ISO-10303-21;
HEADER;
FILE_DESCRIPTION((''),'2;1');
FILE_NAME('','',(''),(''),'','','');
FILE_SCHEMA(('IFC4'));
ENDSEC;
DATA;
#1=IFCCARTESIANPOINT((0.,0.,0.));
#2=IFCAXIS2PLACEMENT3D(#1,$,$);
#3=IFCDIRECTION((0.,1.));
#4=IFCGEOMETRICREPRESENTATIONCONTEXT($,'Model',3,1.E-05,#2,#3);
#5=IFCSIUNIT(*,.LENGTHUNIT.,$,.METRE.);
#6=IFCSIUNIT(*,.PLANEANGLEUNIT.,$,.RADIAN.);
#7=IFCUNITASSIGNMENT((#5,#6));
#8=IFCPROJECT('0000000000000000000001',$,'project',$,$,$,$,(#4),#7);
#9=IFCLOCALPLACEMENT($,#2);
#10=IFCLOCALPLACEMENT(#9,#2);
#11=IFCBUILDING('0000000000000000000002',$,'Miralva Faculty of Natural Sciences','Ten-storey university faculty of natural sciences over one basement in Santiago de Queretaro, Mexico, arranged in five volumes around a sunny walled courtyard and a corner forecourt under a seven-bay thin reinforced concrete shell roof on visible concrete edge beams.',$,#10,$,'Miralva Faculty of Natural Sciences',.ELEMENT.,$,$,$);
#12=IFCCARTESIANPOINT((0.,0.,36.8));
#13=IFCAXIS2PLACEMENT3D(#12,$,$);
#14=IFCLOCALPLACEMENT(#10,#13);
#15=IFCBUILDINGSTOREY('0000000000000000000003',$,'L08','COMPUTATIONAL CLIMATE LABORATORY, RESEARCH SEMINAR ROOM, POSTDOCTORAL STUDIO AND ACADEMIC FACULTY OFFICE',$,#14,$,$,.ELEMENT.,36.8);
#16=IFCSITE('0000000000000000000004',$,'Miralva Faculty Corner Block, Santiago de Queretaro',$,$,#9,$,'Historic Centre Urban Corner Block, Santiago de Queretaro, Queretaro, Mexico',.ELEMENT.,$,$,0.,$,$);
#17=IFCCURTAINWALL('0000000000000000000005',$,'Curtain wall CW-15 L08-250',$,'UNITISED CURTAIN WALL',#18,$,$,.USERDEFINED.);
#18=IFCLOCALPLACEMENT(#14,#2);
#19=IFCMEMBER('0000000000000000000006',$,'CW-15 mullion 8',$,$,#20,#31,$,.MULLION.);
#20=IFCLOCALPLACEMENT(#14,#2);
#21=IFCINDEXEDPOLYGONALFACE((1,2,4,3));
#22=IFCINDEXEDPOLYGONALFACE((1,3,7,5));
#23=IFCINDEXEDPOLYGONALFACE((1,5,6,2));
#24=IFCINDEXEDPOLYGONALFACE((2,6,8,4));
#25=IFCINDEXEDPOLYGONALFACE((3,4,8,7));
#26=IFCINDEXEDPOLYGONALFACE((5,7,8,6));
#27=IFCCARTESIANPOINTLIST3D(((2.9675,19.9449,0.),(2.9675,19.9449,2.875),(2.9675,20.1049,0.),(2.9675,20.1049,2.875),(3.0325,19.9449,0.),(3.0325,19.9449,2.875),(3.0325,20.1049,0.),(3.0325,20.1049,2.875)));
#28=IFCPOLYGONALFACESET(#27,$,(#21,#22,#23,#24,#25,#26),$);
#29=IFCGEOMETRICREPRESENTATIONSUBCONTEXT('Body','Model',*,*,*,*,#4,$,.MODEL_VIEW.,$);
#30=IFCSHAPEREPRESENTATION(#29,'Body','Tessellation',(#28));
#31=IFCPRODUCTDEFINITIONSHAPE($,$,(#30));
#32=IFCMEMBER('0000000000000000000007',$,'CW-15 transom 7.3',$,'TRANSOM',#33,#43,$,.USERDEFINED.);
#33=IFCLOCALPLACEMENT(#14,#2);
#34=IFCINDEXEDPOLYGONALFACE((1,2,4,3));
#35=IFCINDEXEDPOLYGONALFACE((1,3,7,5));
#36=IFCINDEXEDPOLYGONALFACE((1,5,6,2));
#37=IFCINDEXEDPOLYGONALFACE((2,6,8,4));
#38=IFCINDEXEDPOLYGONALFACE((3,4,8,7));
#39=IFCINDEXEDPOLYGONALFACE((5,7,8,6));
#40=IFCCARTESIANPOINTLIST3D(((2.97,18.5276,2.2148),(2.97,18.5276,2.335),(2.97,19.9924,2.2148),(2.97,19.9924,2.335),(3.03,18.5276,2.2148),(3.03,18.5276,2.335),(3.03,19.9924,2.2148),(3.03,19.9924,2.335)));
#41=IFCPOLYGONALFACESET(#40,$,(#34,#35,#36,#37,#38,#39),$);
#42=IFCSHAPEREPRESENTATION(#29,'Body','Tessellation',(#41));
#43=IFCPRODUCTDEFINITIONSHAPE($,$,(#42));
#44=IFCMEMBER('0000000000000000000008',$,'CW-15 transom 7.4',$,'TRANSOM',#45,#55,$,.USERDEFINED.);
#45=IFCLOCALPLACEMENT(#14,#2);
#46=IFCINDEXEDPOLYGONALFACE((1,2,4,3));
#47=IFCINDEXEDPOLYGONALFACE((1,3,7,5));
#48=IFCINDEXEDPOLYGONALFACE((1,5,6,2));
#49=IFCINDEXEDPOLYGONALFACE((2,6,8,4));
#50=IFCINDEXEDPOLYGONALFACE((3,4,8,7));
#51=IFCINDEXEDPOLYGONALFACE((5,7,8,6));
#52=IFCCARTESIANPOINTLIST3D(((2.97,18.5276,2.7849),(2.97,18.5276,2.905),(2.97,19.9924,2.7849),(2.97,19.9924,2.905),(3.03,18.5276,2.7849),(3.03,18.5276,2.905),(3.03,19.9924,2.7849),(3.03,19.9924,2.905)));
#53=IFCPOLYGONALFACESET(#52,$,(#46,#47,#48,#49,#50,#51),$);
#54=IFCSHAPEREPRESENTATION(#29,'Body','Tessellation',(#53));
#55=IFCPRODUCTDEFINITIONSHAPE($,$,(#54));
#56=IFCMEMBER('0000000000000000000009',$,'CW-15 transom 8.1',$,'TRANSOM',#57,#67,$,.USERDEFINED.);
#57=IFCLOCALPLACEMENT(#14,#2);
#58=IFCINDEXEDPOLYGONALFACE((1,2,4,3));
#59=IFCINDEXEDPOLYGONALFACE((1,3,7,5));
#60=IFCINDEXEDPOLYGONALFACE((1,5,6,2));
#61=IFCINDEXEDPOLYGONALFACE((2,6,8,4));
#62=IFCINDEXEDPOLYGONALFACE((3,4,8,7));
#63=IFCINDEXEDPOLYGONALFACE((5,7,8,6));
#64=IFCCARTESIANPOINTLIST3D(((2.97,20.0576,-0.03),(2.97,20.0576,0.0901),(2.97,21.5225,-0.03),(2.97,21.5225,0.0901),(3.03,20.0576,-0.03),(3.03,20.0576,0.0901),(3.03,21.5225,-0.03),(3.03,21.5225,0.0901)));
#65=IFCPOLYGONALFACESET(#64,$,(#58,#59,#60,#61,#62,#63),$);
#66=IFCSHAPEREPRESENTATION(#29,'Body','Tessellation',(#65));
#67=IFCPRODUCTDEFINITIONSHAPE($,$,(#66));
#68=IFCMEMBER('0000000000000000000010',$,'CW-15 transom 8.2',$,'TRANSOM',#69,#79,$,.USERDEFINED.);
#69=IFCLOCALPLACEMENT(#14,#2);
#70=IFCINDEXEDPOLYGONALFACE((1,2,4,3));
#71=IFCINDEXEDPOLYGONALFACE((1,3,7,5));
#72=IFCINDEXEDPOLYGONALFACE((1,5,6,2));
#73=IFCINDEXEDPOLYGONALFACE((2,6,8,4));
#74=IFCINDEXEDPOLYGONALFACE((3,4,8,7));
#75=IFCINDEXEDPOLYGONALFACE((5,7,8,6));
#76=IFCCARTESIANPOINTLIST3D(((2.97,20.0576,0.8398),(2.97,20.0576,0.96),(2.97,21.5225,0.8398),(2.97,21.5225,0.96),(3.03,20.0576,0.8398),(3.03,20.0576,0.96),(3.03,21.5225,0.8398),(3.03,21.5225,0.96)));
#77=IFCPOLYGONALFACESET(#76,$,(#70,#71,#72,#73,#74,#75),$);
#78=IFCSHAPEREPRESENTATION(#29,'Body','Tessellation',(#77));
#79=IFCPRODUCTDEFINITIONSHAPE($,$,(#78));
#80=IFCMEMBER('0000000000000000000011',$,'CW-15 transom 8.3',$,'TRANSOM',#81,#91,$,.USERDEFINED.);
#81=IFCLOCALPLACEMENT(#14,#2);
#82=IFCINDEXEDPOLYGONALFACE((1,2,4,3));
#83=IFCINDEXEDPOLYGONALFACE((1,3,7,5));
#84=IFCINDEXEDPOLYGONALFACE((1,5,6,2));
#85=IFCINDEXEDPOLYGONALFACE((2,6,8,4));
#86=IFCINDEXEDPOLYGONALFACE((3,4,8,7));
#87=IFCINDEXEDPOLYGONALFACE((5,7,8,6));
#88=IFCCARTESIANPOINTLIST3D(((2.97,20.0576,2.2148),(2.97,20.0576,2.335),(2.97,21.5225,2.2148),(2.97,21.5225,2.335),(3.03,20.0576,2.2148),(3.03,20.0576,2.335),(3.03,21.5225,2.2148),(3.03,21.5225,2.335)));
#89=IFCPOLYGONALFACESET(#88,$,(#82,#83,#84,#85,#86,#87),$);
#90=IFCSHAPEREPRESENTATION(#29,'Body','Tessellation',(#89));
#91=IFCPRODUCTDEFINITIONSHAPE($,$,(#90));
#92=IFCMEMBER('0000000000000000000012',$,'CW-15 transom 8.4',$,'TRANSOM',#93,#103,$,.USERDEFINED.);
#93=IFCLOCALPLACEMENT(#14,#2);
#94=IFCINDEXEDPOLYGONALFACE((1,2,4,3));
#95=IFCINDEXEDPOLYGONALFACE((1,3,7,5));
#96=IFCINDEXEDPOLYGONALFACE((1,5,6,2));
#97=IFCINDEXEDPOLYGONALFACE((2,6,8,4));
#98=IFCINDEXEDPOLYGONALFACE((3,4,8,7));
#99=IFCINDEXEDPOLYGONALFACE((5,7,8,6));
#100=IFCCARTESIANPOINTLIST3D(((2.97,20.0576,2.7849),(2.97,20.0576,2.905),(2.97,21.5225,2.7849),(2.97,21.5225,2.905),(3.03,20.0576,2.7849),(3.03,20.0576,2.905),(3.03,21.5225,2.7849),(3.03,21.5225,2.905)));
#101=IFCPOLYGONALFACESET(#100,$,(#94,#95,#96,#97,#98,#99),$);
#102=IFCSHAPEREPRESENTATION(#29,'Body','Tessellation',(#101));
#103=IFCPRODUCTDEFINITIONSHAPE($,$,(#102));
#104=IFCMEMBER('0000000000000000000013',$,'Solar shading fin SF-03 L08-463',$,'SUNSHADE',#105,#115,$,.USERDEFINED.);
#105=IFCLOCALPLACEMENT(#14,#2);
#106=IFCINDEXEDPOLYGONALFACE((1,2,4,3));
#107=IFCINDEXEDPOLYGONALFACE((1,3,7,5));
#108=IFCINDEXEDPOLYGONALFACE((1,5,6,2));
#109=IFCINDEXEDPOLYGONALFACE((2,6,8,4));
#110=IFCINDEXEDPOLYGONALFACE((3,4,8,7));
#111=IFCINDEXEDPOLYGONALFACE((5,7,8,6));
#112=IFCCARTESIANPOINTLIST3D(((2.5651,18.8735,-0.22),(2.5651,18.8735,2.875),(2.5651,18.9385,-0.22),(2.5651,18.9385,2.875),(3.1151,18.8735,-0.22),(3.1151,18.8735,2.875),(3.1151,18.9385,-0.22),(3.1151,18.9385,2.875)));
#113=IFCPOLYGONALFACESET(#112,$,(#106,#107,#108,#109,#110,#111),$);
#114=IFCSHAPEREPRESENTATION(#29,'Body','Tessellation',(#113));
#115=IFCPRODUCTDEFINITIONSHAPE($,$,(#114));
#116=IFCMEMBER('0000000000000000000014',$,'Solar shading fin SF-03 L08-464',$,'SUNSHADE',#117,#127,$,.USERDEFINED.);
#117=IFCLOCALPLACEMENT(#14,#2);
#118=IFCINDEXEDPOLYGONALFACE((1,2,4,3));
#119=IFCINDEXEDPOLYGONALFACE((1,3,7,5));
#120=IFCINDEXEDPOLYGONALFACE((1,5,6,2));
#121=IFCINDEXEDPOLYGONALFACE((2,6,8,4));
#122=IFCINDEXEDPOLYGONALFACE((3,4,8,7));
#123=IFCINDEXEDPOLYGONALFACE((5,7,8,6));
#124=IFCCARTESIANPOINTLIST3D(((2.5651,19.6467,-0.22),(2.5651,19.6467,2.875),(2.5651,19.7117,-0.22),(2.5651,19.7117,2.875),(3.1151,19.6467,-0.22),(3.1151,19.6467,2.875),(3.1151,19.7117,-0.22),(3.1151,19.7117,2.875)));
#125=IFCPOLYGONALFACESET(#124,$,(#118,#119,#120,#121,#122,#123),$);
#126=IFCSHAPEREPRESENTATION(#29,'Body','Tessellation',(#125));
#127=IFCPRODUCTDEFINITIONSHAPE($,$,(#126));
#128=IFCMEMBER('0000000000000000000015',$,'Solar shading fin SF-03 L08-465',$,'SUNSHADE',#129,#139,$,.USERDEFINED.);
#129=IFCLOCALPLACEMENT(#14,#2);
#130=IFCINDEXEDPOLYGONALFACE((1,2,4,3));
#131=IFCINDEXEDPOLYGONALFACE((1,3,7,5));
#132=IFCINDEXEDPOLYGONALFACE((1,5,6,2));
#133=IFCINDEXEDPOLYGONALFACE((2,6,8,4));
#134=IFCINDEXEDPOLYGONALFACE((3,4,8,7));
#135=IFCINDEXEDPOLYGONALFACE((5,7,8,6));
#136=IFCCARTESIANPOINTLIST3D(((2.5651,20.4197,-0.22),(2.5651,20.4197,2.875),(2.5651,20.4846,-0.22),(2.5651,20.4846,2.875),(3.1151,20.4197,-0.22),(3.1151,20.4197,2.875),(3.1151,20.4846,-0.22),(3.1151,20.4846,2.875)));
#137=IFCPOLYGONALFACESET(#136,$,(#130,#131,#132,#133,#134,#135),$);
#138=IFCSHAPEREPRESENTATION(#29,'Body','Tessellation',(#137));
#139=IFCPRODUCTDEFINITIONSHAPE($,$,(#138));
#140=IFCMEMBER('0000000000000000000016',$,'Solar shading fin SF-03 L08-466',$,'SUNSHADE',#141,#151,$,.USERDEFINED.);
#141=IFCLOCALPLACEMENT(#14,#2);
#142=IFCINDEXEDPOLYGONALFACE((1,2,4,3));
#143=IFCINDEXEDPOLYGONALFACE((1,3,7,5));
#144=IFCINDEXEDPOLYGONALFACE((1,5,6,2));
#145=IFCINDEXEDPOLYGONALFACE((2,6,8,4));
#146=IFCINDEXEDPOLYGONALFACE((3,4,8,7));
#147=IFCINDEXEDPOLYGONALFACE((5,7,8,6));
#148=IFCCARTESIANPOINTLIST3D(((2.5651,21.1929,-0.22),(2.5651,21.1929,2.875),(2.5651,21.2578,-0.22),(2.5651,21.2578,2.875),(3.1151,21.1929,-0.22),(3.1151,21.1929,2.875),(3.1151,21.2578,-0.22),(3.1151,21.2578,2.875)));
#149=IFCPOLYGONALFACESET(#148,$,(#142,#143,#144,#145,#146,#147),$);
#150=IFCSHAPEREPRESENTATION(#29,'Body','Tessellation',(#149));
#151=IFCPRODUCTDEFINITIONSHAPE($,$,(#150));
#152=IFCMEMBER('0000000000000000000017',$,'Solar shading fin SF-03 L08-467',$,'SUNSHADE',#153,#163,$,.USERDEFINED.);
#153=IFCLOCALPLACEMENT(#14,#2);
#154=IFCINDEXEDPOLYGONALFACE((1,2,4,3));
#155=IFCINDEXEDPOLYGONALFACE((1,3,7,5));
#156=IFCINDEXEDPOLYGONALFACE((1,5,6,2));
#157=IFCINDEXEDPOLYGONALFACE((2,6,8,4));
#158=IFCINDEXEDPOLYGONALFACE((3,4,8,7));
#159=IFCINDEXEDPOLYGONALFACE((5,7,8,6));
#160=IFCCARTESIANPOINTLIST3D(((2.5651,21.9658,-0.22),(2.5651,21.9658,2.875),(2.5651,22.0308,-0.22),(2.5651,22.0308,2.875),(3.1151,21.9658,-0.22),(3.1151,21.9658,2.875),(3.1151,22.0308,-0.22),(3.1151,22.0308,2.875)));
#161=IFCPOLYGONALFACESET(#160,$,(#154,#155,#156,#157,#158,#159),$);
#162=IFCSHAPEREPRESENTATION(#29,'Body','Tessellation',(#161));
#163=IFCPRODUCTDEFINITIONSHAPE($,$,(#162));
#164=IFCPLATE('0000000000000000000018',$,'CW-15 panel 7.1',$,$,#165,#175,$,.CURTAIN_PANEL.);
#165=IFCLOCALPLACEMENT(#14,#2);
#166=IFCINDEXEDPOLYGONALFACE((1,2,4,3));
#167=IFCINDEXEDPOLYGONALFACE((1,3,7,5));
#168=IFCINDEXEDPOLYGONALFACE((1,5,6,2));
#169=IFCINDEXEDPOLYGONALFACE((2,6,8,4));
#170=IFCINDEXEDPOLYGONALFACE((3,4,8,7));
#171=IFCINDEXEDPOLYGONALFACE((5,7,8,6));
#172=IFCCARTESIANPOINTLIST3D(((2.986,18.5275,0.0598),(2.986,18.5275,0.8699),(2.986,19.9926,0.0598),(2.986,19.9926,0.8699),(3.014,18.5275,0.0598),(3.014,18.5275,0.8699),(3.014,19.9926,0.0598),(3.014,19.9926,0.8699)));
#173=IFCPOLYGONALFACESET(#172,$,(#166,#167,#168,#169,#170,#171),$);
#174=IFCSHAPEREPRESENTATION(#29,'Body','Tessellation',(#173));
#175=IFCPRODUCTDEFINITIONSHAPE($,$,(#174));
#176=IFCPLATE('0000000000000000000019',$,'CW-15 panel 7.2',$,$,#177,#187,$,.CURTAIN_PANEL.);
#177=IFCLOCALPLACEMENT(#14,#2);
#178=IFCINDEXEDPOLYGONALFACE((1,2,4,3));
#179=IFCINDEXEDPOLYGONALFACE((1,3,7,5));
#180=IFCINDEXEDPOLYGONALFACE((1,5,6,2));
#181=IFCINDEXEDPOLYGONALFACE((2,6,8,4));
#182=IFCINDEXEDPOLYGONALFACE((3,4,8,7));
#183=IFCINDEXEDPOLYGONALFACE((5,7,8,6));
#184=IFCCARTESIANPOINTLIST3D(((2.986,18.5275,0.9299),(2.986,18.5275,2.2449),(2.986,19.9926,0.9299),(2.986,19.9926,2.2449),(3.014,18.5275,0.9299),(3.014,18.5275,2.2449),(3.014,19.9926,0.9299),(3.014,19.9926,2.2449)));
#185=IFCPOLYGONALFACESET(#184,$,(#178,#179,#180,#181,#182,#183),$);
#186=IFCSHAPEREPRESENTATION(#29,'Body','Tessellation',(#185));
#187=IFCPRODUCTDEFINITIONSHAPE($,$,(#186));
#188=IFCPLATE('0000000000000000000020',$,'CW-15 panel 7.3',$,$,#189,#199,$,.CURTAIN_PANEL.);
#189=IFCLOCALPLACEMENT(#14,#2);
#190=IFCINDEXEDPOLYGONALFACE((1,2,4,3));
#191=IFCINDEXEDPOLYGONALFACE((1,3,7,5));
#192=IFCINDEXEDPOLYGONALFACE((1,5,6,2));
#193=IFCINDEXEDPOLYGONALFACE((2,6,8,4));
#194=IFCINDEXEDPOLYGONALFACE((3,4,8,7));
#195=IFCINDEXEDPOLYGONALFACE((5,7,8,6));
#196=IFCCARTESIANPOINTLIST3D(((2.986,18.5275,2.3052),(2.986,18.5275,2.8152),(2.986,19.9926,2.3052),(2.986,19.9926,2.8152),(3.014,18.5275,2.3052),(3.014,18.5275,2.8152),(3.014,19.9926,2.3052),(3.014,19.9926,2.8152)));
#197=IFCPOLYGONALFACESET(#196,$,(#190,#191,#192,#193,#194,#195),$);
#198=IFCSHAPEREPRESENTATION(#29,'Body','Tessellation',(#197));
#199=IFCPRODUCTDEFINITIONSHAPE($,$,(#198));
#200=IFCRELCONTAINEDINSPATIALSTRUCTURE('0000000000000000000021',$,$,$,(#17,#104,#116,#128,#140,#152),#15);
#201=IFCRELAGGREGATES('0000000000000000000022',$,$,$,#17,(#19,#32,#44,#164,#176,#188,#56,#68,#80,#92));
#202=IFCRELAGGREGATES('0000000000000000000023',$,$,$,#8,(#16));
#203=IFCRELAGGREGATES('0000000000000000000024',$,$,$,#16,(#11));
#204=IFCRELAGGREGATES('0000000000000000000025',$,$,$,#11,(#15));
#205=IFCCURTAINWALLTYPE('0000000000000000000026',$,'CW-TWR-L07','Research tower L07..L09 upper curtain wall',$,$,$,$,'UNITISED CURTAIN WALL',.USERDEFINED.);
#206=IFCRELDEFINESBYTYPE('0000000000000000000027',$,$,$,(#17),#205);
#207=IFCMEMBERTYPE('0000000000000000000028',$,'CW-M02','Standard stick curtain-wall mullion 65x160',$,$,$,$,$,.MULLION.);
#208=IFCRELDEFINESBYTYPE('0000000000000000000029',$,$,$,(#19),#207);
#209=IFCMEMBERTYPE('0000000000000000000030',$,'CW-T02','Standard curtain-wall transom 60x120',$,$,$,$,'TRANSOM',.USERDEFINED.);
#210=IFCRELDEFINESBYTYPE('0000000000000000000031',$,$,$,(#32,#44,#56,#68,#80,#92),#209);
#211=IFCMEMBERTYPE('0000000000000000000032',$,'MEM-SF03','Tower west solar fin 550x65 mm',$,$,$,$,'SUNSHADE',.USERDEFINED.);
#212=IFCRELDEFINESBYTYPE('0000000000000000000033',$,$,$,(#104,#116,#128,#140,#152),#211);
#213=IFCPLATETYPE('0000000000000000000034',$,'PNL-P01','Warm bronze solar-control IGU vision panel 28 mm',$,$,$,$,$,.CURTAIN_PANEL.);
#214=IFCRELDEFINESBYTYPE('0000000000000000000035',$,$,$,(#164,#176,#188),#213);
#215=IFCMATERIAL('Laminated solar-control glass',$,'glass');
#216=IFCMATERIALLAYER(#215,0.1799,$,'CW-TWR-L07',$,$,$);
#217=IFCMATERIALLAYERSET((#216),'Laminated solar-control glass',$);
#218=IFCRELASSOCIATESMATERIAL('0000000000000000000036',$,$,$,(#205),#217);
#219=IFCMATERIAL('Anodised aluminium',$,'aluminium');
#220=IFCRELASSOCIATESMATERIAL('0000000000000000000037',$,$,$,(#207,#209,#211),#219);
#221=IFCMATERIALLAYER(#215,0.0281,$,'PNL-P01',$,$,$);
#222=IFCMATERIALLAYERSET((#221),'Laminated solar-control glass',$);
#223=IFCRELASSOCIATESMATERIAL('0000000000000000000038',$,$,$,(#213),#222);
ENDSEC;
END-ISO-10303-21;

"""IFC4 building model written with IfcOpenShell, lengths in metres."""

from ifc_helpers import new_model, si_unit, direction, frame, origin, origin_2d, place, context, subcontext, project, spatial, rectangle, extrude, material, layer, layer_set, material_profile, profile_set, type_object, element, aggregate, save


model = new_model("IFC4")

# Units and contexts
model_context = context("Model", 3, precision=1e-05, world=origin(), true_north=direction((0.0, 1.0)))
body_context = subcontext(model_context, "Body", "Model", "MODEL_VIEW")
ifc_project = project(units=[si_unit("LENGTHUNIT", "METRE"), si_unit("PLANEANGLEUNIT", "RADIAN")], contexts=[model_context])

# Site, building, storey
site_placement = place(None, origin())
site = spatial("IfcSite", under=ifc_project, at=site_placement, Name="Miralva Faculty Corner Block, Santiago de Queretaro", LongName="Historic Centre Urban Corner Block, Santiago de Queretaro, Queretaro, Mexico", CompositionType="ELEMENT", RefElevation=0.0)
building_placement = place(site_placement, origin())
building = spatial("IfcBuilding", under=site, at=building_placement, Name="Miralva Faculty of Natural Sciences", Description="Ten-storey university faculty of natural sciences over one basement in Santiago de Queretaro, Mexico, arranged in five volumes around a sunny walled courtyard and a corner forecourt under a seven-bay thin reinforced concrete shell roof on visible concrete edge beams.", LongName="Miralva Faculty of Natural Sciences", CompositionType="ELEMENT")
storey_placement = place(building_placement, frame((0.0, 0.0, 36.8)))
storey = spatial("IfcBuildingStorey", under=building, at=storey_placement, Name="L08", Description="COMPUTATIONAL CLIMATE LABORATORY, RESEARCH SEMINAR ROOM, POSTDOCTORAL STUDIO AND ACADEMIC FACULTY OFFICE", CompositionType="ELEMENT", Elevation=36.8)

# Curtain wall, members
ifc_material_1 = material(Name="Laminated solar-control glass", Category="glass")
ifc_layer_1 = layer(ifc_material_1, 0.1799, Name="CW-TWR-L07")
ifc_layer_set_1 = layer_set([ifc_layer_1], Name="Laminated solar-control glass")
curtain_wall_type = type_object("IfcCurtainWallType", Name="CW-TWR-L07", Description="Research tower L07..L09 upper curtain wall", ElementType="UNITISED CURTAIN WALL", PredefinedType="USERDEFINED", material=ifc_layer_set_1)
curtain_wall_placement = place(storey_placement, origin())
curtain_wall = element("IfcCurtainWall", 1, at=curtain_wall_placement, inside=storey, type_object=curtain_wall_type, Name="Curtain wall CW-15 L08-250", ObjectType="UNITISED CURTAIN WALL", PredefinedType="USERDEFINED")
ifc_material_2 = material(Name="Anodised aluminium", Category="aluminium")
ifc_material_profile_1 = material_profile(ifc_material_2, rectangle(XDim=0.0649, YDim=0.1599, at=origin_2d()), Name="MULLION 65x160")
ifc_profile_set_1 = profile_set([ifc_material_profile_1], Name="Anodised aluminium")
member_type_1 = type_object("IfcMemberType", Name="CW-M02", Description="Standard stick curtain-wall mullion 65x160", PredefinedType="MULLION", material=ifc_profile_set_1)
member_1_placement = place(storey_placement, frame((3.0, 20.0249, 0.0), z_axis=(0.0, 0.0, 1.0), x_axis=(-1.0, 0.0, 0.0)))
member_1 = element("IfcMember", 2, at=member_1_placement, type_object=member_type_1, Name="CW-15 mullion 8", PredefinedType="MULLION", context=body_context, shape_type="SweptSolid", body=[
    extrude(rectangle(XDim=0.0649, YDim=0.1599, at=origin_2d()), origin(), (0.0, 0.0, 1.0), 2.875),
])
ifc_material_profile_2 = material_profile(ifc_material_2, rectangle(XDim=0.0601, YDim=0.1201, at=origin_2d()), Name="TRANSOM 60x120")
ifc_profile_set_2 = profile_set([ifc_material_profile_2], Name="Anodised aluminium")
member_type_2 = type_object("IfcMemberType", Name="CW-T02", Description="Standard curtain-wall transom 60x120", ElementType="TRANSOM", PredefinedType="USERDEFINED", material=ifc_profile_set_2)
member_2_placement = place(storey_placement, frame((3.0, 18.5276, 2.2749), z_axis=(0.0, 1.0, 0.0), x_axis=(-1.0, 0.0, 0.0)))
member_2 = element("IfcMember", 3, at=member_2_placement, type_object=member_type_2, Name="CW-15 transom 7.3", ObjectType="TRANSOM", PredefinedType="USERDEFINED", context=body_context, shape_type="SweptSolid", body=[
    extrude(rectangle(XDim=0.0601, YDim=0.1201, at=origin_2d()), origin(), (0.0, 0.0, 1.0), 1.4648),
])
member_3_placement = place(storey_placement, frame((3.0, 18.5276, 2.845), z_axis=(0.0, 1.0, 0.0), x_axis=(-1.0, 0.0, 0.0)))
member_3 = element("IfcMember", 4, at=member_3_placement, type_object=member_type_2, Name="CW-15 transom 7.4", ObjectType="TRANSOM", PredefinedType="USERDEFINED", context=body_context, shape_type="SweptSolid", body=[
    extrude(rectangle(XDim=0.0601, YDim=0.1201, at=origin_2d()), origin(), (0.0, 0.0, 1.0), 1.4648),
])
member_4_placement = place(storey_placement, frame((3.0, 20.0576, 0.03), z_axis=(0.0, 1.0, 0.0), x_axis=(-1.0, 0.0, 0.0)))
member_4 = element("IfcMember", 5, at=member_4_placement, type_object=member_type_2, Name="CW-15 transom 8.1", ObjectType="TRANSOM", PredefinedType="USERDEFINED", context=body_context, shape_type="SweptSolid", body=[
    extrude(rectangle(XDim=0.0601, YDim=0.1201, at=origin_2d()), origin(), (0.0, 0.0, 1.0), 1.4648),
])
member_5_placement = place(storey_placement, frame((3.0, 20.0576, 0.8999), z_axis=(0.0, 1.0, 0.0), x_axis=(-1.0, 0.0, 0.0)))
member_5 = element("IfcMember", 6, at=member_5_placement, type_object=member_type_2, Name="CW-15 transom 8.2", ObjectType="TRANSOM", PredefinedType="USERDEFINED", context=body_context, shape_type="SweptSolid", body=[
    extrude(rectangle(XDim=0.0601, YDim=0.1201, at=origin_2d()), origin(), (0.0, 0.0, 1.0), 1.4648),
])
member_6_placement = place(storey_placement, frame((3.0, 20.0576, 2.2749), z_axis=(0.0, 1.0, 0.0), x_axis=(-1.0, 0.0, 0.0)))
member_6 = element("IfcMember", 7, at=member_6_placement, type_object=member_type_2, Name="CW-15 transom 8.3", ObjectType="TRANSOM", PredefinedType="USERDEFINED", context=body_context, shape_type="SweptSolid", body=[
    extrude(rectangle(XDim=0.0601, YDim=0.1201, at=origin_2d()), origin(), (0.0, 0.0, 1.0), 1.4648),
])
member_7_placement = place(storey_placement, frame((3.0, 20.0576, 2.845), z_axis=(0.0, 1.0, 0.0), x_axis=(-1.0, 0.0, 0.0)))
member_7 = element("IfcMember", 8, at=member_7_placement, type_object=member_type_2, Name="CW-15 transom 8.4", ObjectType="TRANSOM", PredefinedType="USERDEFINED", context=body_context, shape_type="SweptSolid", body=[
    extrude(rectangle(XDim=0.0601, YDim=0.1201, at=origin_2d()), origin(), (0.0, 0.0, 1.0), 1.4648),
])

# Members
ifc_material_profile_3 = material_profile(ifc_material_2, rectangle(XDim=0.0649, YDim=0.55, at=origin_2d()), Name="FIN 550x65")
ifc_profile_set_3 = profile_set([ifc_material_profile_3], Name="Anodised aluminium")
member_type_3 = type_object("IfcMemberType", Name="MEM-SF03", Description="Tower west solar fin 550x65 mm", ElementType="SUNSHADE", PredefinedType="USERDEFINED", material=ifc_profile_set_3)
for number, where, z_axis, x_axis, name in (
    (9, (2.8401, 18.906, -0.22), (0.0, 0.0, 1.0), (0.0, -1.0, 0.0), "Solar shading fin SF-03 L08-463"),
    (10, (2.8401, 19.6792, -0.22), (0.0, 0.0, 1.0), (0.0, -1.0, 0.0), "Solar shading fin SF-03 L08-464"),
    (11, (2.8401, 20.4521, -0.22), (0.0, 0.0, 1.0), (0.0, -1.0, 0.0), "Solar shading fin SF-03 L08-465"),
    (12, (2.8401, 21.2253, -0.22), (0.0, 0.0, 1.0), (0.0, -1.0, 0.0), "Solar shading fin SF-03 L08-466"),
    (13, (2.8401, 21.9983, -0.22), (0.0, 0.0, 1.0), (0.0, -1.0, 0.0), "Solar shading fin SF-03 L08-467"),
):
    element("IfcMember", number, at=place(storey_placement, frame(where, z_axis=z_axis, x_axis=x_axis)), inside=storey, type_object=member_type_3, Name=name, ObjectType="SUNSHADE", PredefinedType="USERDEFINED", context=body_context, shape_type="SweptSolid", body=[
        extrude(rectangle(XDim=0.0649, YDim=0.55, at=origin_2d()), origin(), (0.0, 0.0, 1.0), 3.095),
    ])

# Plates
ifc_layer_2 = layer(ifc_material_1, 0.0281, Name="PNL-P01")
ifc_layer_set_2 = layer_set([ifc_layer_2], Name="Laminated solar-control glass")
plate_type = type_object("IfcPlateType", Name="PNL-P01", Description="Warm bronze solar-control IGU vision panel 28 mm", PredefinedType="CURTAIN_PANEL", material=ifc_layer_set_2)
plate_1_placement = place(storey_placement, frame((3.0, 19.26, 0.0598), z_axis=(0.0, 0.0, 1.0), x_axis=(0.0, 1.0, 0.0)))
plate_1 = element("IfcPlate", 14, at=plate_1_placement, type_object=plate_type, Name="CW-15 panel 7.1", PredefinedType="CURTAIN_PANEL", context=body_context, shape_type="SweptSolid", body=[
    extrude(rectangle(XDim=1.4651, YDim=0.0281, at=origin_2d()), origin(), (0.0, 0.0, 1.0), 0.8101),
])
plate_2_placement = place(storey_placement, frame((3.0, 19.26, 0.9299), z_axis=(0.0, 0.0, 1.0), x_axis=(0.0, 1.0, 0.0)))
plate_2 = element("IfcPlate", 15, at=plate_2_placement, type_object=plate_type, Name="CW-15 panel 7.2", PredefinedType="CURTAIN_PANEL", context=body_context, shape_type="SweptSolid", body=[
    extrude(rectangle(XDim=1.4651, YDim=0.0281, at=origin_2d()), origin(), (0.0, 0.0, 1.0), 1.3149),
])
plate_3_placement = place(storey_placement, frame((3.0, 19.26, 2.3052), z_axis=(0.0, 0.0, 1.0), x_axis=(0.0, 1.0, 0.0)))
plate_3 = element("IfcPlate", 16, at=plate_3_placement, type_object=plate_type, Name="CW-15 panel 7.3", PredefinedType="CURTAIN_PANEL", context=body_context, shape_type="SweptSolid", body=[
    extrude(rectangle(XDim=1.4651, YDim=0.0281, at=origin_2d()), origin(), (0.0, 0.0, 1.0), 0.51),
])
aggregate(curtain_wall, [member_1, member_2, member_3, plate_1, plate_2, plate_3, member_4, member_5, member_6, member_7])

save(model, "model.ifc")
